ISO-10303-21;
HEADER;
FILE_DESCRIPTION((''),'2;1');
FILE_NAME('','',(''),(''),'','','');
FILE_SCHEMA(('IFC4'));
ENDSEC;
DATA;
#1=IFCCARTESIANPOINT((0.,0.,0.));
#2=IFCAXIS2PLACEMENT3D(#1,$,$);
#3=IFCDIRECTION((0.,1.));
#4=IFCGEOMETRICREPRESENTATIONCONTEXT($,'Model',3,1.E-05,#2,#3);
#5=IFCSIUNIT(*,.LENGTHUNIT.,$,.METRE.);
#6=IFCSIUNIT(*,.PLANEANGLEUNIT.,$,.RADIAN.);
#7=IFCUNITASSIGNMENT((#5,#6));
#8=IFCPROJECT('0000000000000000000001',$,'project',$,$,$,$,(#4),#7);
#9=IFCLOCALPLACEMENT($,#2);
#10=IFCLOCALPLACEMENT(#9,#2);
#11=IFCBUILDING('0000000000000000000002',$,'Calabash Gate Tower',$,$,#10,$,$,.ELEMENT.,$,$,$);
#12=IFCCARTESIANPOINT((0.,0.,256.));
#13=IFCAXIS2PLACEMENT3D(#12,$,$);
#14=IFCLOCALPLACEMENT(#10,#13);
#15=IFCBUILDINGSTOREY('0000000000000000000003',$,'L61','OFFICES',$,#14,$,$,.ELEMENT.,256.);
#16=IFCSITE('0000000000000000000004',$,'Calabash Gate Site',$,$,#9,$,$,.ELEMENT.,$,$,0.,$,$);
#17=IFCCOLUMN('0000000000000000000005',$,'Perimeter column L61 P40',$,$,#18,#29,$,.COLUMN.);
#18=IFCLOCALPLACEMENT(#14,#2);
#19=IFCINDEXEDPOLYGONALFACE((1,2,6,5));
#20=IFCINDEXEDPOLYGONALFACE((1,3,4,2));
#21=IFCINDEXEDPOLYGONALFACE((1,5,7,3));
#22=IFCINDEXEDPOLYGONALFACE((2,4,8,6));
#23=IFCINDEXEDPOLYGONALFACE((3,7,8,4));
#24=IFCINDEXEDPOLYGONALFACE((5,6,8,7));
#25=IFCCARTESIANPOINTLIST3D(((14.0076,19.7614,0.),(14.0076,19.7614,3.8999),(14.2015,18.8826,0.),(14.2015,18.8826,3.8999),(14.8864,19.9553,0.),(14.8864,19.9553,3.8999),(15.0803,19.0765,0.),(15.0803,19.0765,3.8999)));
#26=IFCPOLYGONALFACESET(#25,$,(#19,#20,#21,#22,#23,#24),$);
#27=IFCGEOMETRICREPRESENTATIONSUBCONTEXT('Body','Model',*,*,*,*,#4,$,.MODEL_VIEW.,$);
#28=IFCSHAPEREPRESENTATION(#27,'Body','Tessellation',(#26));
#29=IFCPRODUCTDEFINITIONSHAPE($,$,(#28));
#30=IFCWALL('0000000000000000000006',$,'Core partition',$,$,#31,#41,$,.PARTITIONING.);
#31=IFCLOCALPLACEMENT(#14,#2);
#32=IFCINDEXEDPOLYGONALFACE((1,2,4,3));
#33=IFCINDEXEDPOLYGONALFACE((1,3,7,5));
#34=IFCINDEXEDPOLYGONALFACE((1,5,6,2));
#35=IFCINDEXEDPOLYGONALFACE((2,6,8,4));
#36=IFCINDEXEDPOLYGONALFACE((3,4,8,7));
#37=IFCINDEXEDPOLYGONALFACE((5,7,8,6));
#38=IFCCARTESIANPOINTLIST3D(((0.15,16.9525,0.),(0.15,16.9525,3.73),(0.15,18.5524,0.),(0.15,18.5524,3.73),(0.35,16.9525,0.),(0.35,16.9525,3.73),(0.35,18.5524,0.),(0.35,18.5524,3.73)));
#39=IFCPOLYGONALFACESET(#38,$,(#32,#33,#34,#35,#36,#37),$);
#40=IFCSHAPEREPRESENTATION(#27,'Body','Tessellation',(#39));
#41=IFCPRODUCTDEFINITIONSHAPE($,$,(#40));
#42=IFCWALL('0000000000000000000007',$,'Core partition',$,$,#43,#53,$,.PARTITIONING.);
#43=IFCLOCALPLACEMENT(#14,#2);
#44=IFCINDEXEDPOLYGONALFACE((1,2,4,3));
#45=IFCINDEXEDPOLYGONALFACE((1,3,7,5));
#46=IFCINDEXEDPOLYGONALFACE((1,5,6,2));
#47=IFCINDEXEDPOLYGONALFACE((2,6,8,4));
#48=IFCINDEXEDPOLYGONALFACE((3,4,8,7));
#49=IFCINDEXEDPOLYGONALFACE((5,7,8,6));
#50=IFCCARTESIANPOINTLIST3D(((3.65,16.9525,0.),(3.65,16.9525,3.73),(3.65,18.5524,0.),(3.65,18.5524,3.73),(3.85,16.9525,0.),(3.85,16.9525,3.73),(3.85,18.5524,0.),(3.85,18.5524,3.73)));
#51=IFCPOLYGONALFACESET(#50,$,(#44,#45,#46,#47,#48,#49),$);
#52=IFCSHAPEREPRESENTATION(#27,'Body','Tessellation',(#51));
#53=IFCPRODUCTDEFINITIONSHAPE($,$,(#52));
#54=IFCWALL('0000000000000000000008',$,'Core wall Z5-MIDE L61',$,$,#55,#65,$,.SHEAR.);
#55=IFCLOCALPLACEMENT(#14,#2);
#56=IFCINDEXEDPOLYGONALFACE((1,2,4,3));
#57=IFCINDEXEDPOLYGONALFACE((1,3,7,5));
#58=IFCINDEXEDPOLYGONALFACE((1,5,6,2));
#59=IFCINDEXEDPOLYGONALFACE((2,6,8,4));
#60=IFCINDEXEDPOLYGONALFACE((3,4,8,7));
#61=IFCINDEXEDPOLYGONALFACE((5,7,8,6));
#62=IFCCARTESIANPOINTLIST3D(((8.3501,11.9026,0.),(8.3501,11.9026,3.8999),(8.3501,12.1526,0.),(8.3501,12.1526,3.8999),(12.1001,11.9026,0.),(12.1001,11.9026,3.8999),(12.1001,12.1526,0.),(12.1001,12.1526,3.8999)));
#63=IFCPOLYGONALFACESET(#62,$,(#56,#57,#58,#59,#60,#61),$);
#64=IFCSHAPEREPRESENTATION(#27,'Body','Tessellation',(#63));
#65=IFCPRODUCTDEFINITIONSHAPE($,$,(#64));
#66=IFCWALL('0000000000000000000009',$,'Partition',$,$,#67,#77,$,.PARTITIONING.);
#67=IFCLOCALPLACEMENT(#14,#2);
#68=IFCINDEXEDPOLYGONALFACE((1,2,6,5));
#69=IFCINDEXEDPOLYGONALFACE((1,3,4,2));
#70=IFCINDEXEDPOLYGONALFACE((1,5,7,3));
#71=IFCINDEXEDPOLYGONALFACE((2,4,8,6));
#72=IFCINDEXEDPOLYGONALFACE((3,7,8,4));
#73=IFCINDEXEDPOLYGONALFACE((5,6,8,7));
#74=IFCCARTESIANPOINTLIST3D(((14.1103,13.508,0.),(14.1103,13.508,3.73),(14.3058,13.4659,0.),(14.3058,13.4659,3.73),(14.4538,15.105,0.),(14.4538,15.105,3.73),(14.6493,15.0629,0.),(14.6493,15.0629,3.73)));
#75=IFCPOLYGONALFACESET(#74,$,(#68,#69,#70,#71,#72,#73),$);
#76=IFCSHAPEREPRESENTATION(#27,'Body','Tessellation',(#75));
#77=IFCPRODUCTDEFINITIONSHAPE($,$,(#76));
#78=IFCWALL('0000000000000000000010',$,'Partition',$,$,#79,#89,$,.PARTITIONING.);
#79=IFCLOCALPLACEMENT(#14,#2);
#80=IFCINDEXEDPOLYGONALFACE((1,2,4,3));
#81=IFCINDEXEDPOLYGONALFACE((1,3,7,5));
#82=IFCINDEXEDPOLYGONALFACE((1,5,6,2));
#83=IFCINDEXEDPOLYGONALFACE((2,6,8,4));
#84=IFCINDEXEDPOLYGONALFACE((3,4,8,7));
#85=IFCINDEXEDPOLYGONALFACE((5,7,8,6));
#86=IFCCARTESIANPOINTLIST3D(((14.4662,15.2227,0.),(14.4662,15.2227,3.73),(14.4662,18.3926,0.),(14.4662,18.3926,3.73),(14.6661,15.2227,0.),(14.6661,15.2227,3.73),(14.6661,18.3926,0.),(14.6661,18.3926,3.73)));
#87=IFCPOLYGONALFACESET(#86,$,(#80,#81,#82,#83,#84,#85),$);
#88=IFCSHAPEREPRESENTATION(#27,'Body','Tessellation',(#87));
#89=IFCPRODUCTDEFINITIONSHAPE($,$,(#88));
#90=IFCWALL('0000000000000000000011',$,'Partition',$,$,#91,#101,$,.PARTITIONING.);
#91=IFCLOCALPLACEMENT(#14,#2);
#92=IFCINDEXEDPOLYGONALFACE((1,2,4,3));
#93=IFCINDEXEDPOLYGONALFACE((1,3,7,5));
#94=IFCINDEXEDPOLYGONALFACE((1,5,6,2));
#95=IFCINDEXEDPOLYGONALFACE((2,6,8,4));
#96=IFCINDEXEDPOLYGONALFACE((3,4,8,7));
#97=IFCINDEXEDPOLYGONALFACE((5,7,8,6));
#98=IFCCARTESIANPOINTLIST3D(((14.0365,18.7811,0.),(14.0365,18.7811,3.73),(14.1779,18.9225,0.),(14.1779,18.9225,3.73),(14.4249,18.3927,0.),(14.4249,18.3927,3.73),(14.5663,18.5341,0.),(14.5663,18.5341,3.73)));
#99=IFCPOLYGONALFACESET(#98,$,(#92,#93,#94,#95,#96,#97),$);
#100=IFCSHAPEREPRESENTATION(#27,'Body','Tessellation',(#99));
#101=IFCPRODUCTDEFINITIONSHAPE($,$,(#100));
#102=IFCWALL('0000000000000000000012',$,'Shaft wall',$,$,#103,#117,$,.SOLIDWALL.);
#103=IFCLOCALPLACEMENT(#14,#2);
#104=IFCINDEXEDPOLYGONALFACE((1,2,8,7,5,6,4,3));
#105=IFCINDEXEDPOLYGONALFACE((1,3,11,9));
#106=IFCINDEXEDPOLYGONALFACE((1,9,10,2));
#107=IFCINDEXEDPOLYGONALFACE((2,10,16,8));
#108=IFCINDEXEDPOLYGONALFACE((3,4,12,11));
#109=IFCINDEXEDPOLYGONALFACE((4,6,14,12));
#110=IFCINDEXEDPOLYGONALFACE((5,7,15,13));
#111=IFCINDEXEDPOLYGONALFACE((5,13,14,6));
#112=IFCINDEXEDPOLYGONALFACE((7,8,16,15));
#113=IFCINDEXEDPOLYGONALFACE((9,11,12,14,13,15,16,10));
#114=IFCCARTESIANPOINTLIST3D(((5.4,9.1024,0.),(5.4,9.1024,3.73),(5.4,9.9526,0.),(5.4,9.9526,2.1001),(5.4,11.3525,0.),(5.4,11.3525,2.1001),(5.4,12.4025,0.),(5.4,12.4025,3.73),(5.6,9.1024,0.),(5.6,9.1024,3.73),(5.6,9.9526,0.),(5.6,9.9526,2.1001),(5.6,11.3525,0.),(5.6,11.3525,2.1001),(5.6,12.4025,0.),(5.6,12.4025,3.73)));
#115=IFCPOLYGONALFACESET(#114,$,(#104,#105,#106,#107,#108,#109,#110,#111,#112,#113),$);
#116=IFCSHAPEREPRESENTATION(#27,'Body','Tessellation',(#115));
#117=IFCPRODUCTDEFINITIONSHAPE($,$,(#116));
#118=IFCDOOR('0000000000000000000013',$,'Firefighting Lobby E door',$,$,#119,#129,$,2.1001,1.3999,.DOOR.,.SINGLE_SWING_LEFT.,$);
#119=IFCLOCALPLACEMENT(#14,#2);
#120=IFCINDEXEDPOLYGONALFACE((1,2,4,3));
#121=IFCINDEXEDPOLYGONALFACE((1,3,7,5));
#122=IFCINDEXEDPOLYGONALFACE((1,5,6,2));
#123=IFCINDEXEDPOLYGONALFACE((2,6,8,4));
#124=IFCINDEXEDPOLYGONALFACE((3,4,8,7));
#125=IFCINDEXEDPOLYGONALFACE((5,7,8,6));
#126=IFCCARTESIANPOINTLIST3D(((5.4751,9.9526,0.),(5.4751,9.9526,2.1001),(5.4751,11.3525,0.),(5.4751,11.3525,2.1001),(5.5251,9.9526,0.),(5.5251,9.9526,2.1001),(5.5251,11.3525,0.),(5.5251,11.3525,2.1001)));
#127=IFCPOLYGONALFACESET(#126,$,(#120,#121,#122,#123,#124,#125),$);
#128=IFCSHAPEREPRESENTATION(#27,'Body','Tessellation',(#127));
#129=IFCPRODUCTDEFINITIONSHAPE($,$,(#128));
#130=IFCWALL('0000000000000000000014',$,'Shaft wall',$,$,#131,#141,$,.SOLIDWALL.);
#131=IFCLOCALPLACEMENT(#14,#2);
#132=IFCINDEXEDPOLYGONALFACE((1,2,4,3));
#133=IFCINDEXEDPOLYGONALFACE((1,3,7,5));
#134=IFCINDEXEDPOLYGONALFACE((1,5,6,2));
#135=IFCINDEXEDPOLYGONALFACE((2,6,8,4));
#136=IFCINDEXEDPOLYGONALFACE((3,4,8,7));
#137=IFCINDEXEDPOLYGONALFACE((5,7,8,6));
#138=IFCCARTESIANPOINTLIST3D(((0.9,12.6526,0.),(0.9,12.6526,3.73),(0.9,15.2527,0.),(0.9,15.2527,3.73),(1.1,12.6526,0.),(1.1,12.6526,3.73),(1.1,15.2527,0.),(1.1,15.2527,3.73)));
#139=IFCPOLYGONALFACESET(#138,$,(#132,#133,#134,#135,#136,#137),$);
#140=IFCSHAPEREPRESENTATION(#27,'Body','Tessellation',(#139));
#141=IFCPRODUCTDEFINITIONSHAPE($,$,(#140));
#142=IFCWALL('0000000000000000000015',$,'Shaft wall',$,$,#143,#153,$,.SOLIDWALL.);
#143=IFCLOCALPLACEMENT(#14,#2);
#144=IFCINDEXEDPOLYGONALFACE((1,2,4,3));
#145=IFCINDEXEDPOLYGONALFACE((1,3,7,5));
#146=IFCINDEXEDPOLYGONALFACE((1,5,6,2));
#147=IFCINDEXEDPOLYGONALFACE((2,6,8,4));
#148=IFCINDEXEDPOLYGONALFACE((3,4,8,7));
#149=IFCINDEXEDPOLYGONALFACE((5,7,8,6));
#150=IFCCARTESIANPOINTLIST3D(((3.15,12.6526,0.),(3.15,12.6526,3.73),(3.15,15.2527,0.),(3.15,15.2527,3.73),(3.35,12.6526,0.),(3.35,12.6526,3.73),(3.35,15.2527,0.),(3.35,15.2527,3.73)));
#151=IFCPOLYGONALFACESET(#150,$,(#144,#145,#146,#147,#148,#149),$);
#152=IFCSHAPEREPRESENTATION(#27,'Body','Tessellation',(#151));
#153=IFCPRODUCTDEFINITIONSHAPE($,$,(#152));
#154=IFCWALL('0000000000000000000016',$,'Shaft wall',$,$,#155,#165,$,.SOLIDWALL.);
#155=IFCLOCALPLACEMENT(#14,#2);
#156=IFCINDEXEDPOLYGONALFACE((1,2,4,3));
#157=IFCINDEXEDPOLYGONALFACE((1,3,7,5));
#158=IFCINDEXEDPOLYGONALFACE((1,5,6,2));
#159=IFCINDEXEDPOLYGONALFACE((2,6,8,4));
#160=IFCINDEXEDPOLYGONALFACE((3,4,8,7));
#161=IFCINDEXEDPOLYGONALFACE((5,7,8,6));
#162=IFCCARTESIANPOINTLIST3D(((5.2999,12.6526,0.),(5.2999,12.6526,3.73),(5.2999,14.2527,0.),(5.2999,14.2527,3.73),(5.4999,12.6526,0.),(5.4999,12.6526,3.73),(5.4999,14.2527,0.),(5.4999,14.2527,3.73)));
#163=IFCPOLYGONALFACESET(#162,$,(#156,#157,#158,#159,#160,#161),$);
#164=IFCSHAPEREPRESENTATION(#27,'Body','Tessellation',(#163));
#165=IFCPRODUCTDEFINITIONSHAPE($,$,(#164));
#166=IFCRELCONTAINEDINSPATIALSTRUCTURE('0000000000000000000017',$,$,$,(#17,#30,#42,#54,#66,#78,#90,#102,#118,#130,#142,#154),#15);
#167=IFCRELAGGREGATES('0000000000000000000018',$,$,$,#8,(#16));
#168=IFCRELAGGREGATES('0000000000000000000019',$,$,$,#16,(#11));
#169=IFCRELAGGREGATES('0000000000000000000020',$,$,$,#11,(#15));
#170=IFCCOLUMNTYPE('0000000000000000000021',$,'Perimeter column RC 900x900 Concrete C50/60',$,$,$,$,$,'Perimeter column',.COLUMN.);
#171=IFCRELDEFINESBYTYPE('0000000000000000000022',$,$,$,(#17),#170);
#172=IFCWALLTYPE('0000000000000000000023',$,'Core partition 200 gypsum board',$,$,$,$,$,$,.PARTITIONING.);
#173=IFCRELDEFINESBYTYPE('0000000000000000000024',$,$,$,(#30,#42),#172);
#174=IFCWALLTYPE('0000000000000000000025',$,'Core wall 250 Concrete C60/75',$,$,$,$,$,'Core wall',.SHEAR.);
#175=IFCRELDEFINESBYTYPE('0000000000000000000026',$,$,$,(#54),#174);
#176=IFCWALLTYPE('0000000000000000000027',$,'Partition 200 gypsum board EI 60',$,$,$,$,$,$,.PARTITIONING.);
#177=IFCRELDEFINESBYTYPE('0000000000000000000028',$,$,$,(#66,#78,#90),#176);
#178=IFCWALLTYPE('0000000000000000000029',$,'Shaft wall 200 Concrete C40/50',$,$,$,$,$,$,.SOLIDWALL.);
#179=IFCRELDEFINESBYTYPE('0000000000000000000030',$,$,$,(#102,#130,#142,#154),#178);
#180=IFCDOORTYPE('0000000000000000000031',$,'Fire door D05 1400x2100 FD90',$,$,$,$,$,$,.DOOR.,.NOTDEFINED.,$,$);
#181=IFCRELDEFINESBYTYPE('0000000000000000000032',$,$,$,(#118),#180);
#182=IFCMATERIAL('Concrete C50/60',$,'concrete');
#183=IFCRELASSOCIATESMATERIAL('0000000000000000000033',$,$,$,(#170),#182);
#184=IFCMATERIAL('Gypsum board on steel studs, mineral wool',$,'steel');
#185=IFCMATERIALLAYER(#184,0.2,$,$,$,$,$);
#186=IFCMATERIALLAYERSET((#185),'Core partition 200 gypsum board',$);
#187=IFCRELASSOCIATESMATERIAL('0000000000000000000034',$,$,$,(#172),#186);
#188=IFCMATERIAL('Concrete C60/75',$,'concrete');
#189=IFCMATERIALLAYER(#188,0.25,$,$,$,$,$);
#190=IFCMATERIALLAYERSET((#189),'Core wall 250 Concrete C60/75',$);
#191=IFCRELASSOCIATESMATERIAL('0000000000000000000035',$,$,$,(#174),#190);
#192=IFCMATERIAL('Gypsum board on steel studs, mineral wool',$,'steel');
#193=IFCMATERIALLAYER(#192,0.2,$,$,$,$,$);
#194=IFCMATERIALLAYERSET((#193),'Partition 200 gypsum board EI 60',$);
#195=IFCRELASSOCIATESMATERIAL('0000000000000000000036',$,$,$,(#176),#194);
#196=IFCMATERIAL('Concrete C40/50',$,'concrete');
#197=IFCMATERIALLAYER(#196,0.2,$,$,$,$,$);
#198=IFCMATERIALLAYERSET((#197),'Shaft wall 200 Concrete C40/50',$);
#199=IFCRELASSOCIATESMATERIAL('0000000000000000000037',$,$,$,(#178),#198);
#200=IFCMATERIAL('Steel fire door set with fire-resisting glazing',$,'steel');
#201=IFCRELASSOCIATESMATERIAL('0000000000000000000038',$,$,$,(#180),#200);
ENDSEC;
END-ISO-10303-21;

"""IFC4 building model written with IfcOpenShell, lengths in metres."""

from ifc_helpers import new_model, si_unit, direction, frame, frame_2d, origin, origin_2d, place, context, subcontext, project, spatial, rectangle, extrude, material, layer, layer_set, material_profile, profile_set, type_object, element, fill, save


model = new_model("IFC4")

# Units and contexts
model_context = context("Model", 3, precision=1e-05, world=origin(), true_north=direction((0.0, 1.0)))
body_context = subcontext(model_context, "Body", "Model", "MODEL_VIEW")
ifc_project = project(units=[si_unit("LENGTHUNIT", "METRE"), si_unit("PLANEANGLEUNIT", "RADIAN")], contexts=[model_context])

# Site, building, storey
site_placement = place(None, origin())
site = spatial("IfcSite", under=ifc_project, at=site_placement, Name="Calabash Gate Site", CompositionType="ELEMENT", RefElevation=0.0)
building_placement = place(site_placement, origin())
building = spatial("IfcBuilding", under=site, at=building_placement, Name="Calabash Gate Tower", CompositionType="ELEMENT")
storey_placement = place(building_placement, frame((0.0, 0.0, 256.0)))
storey = spatial("IfcBuildingStorey", under=building, at=storey_placement, Name="L61", Description="OFFICES", CompositionType="ELEMENT", Elevation=256.0)

# Column
ifc_material_1 = material(Name="Concrete C50/60", Category="concrete")
ifc_material_profile = material_profile(ifc_material_1, rectangle(XDim=0.8999, YDim=0.8999, at=origin_2d()))
ifc_profile_set = profile_set([ifc_material_profile], Name="Concrete C50/60")
column_type = type_object("IfcColumnType", Name="Perimeter column RC 900x900 Concrete C50/60", ElementType="Perimeter column", PredefinedType="COLUMN", material=ifc_profile_set)
column_placement = place(storey_placement, frame((14.5439, 19.4189, 0.0), z_axis=(0.0, 0.0, 1.0), x_axis=(-0.976511, -0.215468, 0.0)))
element("IfcColumn", 1, at=column_placement, inside=storey, type_object=column_type, Name="Perimeter column L61 P40", PredefinedType="COLUMN", context=body_context, shape_type="SweptSolid", body=[
    extrude(rectangle(XDim=0.8999, YDim=0.8999, at=origin_2d()), origin(), (0.0, 0.0, 1.0), 3.8999),
])

# Walls
ifc_material_2 = material(Name="Gypsum board on steel studs, mineral wool", Category="steel")
ifc_layer_1 = layer(ifc_material_2, 0.2)
ifc_layer_set_1 = layer_set([ifc_layer_1], Name="Core partition 200 gypsum board")
wall_type_1 = type_object("IfcWallType", Name="Core partition 200 gypsum board", PredefinedType="PARTITIONING", material=ifc_layer_set_1)
for number, where, z_axis, x_axis, name in (
    (2, (0.25, 16.9526, 0.0), (0.0, 0.0, 1.0), (0.0, 1.0, 0.0), "Core partition"),
    (3, (3.75, 16.9526, 0.0), (0.0, 0.0, 1.0), (0.0, 1.0, 0.0), "Core partition"),
):
    element("IfcWall", number, at=place(storey_placement, frame(where, z_axis=z_axis, x_axis=x_axis)), inside=storey, type_object=wall_type_1, Name=name, PredefinedType="PARTITIONING", context=body_context, shape_type="SweptSolid", body=[
        extrude(rectangle(XDim=1.5999, YDim=0.2, at=frame_2d((0.7998, 0.0))), origin(), (0.0, 0.0, 1.0), 3.73),
    ])
ifc_material_3 = material(Name="Concrete C60/75", Category="concrete")
ifc_layer_2 = layer(ifc_material_3, 0.25)
ifc_layer_set_2 = layer_set([ifc_layer_2], Name="Core wall 250 Concrete C60/75")
wall_type_2 = type_object("IfcWallType", Name="Core wall 250 Concrete C60/75", ElementType="Core wall", PredefinedType="SHEAR", material=ifc_layer_set_2)
wall_1_placement = place(storey_placement, frame((8.3501, 12.0276, 0.0), z_axis=(0.0, 0.0, 1.0), x_axis=(1.0, 0.0, 0.0)))
element("IfcWall", 4, at=wall_1_placement, inside=storey, type_object=wall_type_2, Name="Core wall Z5-MIDE L61", PredefinedType="SHEAR", context=body_context, shape_type="SweptSolid", body=[
    extrude(rectangle(XDim=3.75, YDim=0.25, at=frame_2d((1.875, 0.0))), origin(), (0.0, 0.0, 1.0), 3.8999),
])
ifc_material_4 = material(Name="Gypsum board on steel studs, mineral wool", Category="steel")
ifc_layer_3 = layer(ifc_material_4, 0.2)
ifc_layer_set_3 = layer_set([ifc_layer_3], Name="Partition 200 gypsum board EI 60")
wall_type_3 = type_object("IfcWallType", Name="Partition 200 gypsum board EI 60", PredefinedType="PARTITIONING", material=ifc_layer_set_3)
wall_2_placement = place(storey_placement, frame((14.208, 13.4868, 0.0), z_axis=(0.0, 0.0, 1.0), x_axis=(0.210295, 0.977638, 0.0)))
element("IfcWall", 5, at=wall_2_placement, inside=storey, type_object=wall_type_3, Name="Partition", PredefinedType="PARTITIONING", context=body_context, shape_type="SweptSolid", body=[
    extrude(rectangle(XDim=1.6335, YDim=0.2, at=frame_2d((0.8169, 0.0))), origin(), (0.0, 0.0, 1.0), 3.73),
])
wall_3_placement = place(storey_placement, frame((14.5662, 18.3926, 0.0), z_axis=(0.0, 0.0, 1.0), x_axis=(0.0, -1.0, 0.0)))
element("IfcWall", 6, at=wall_3_placement, inside=storey, type_object=wall_type_3, Name="Partition", PredefinedType="PARTITIONING", context=body_context, shape_type="SweptSolid", body=[
    extrude(rectangle(XDim=3.1699, YDim=0.2, at=frame_2d((1.585, 0.0))), origin(), (0.0, 0.0, 1.0), 3.73),
])
wall_4_placement = place(storey_placement, frame((14.1072, 18.8518, 0.0), z_axis=(0.0, 0.0, 1.0), x_axis=(0.707107, -0.707107, 0.0)))
element("IfcWall", 7, at=wall_4_placement, inside=storey, type_object=wall_type_3, Name="Partition", PredefinedType="PARTITIONING", context=body_context, shape_type="SweptSolid", body=[
    extrude(rectangle(XDim=0.5493, YDim=0.2, at=frame_2d((0.2747, 0.0))), origin(), (0.0, 0.0, 1.0), 3.73),
])

# Wall, opening, door
ifc_material_5 = material(Name="Concrete C40/50", Category="concrete")
ifc_layer_4 = layer(ifc_material_5, 0.2)
ifc_layer_set_4 = layer_set([ifc_layer_4], Name="Shaft wall 200 Concrete C40/50")
wall_type_4 = type_object("IfcWallType", Name="Shaft wall 200 Concrete C40/50", PredefinedType="SOLIDWALL", material=ifc_layer_set_4)
wall_5_placement = place(storey_placement, frame((5.5, 9.1025, 0.0), z_axis=(0.0, 0.0, 1.0), x_axis=(0.0, 1.0, 0.0)))
wall_5 = element("IfcWall", 8, at=wall_5_placement, inside=storey, type_object=wall_type_4, Name="Shaft wall", PredefinedType="SOLIDWALL", context=body_context, shape_type="SweptSolid", body=[
    extrude(rectangle(XDim=3.3, YDim=0.2, at=frame_2d((1.6499, 0.0))), origin(), (0.0, 0.0, 1.0), 3.73),
])
opening_1_placement = place(wall_5_placement, frame((0.8501, 0.0, 0.0)))
opening_1 = element("IfcOpeningElement", 9, at=opening_1_placement, cuts=wall_5, PredefinedType="OPENING", context=body_context, shape_type="SweptSolid", body=[
    extrude(rectangle(XDim=1.3999, YDim=2.1001, at=frame_2d((0.7, 1.05))), frame((0.0, 0.1099, 0.0), z_axis=(0.0, -1.0, 0.0), x_axis=(1.0, 0.0, 0.0)), (0.0, 0.0, 1.0), 0.22),
])
ifc_material_6 = material(Name="Steel fire door set with fire-resisting glazing", Category="steel")
door_type_1 = type_object("IfcDoorType", Name="Fire door D05 1400x2100 FD90", OperationType="NOTDEFINED", PredefinedType="DOOR", material=ifc_material_6)
door_1_placement = place(opening_1_placement, origin())
door_1 = element("IfcDoor", 10, at=door_1_placement, inside=storey, type_object=door_type_1, Name="Firefighting Lobby E door", OperationType="SINGLE_SWING_LEFT", OverallHeight=2.1001, OverallWidth=1.3999, PredefinedType="DOOR", context=body_context, shape_type="SweptSolid", body=[
    extrude(rectangle(XDim=1.3999, YDim=2.1001, at=frame_2d((0.7, 1.05))), frame((0.0, 0.0249, 0.0), z_axis=(0.0, -1.0, 0.0), x_axis=(1.0, 0.0, 0.0)), (0.0, 0.0, 1.0), 0.05),
])
fill(opening_1, door_1)

# Walls
for number, where, z_axis, x_axis, name in (
    (11, (1.0, 12.6526, 0.0), (0.0, 0.0, 1.0), (0.0, 1.0, 0.0), "Shaft wall"),
    (12, (3.25, 12.6526, 0.0), (0.0, 0.0, 1.0), (0.0, 1.0, 0.0), "Shaft wall"),
):
    element("IfcWall", number, at=place(storey_placement, frame(where, z_axis=z_axis, x_axis=x_axis)), inside=storey, type_object=wall_type_4, Name=name, PredefinedType="SOLIDWALL", context=body_context, shape_type="SweptSolid", body=[
        extrude(rectangle(XDim=2.6001, YDim=0.2, at=frame_2d((1.3, 0.0))), origin(), (0.0, 0.0, 1.0), 3.73),
    ])
wall_6_placement = place(storey_placement, frame((5.3999, 12.6526, 0.0), z_axis=(0.0, 0.0, 1.0), x_axis=(0.0, 1.0, 0.0)))
element("IfcWall", 13, at=wall_6_placement, inside=storey, type_object=wall_type_4, Name="Shaft wall", PredefinedType="SOLIDWALL", context=body_context, shape_type="SweptSolid", body=[
    extrude(rectangle(XDim=1.6001, YDim=0.2, at=frame_2d((0.8, 0.0))), origin(), (0.0, 0.0, 1.0), 3.73),
])

save(model, "model.ifc")
